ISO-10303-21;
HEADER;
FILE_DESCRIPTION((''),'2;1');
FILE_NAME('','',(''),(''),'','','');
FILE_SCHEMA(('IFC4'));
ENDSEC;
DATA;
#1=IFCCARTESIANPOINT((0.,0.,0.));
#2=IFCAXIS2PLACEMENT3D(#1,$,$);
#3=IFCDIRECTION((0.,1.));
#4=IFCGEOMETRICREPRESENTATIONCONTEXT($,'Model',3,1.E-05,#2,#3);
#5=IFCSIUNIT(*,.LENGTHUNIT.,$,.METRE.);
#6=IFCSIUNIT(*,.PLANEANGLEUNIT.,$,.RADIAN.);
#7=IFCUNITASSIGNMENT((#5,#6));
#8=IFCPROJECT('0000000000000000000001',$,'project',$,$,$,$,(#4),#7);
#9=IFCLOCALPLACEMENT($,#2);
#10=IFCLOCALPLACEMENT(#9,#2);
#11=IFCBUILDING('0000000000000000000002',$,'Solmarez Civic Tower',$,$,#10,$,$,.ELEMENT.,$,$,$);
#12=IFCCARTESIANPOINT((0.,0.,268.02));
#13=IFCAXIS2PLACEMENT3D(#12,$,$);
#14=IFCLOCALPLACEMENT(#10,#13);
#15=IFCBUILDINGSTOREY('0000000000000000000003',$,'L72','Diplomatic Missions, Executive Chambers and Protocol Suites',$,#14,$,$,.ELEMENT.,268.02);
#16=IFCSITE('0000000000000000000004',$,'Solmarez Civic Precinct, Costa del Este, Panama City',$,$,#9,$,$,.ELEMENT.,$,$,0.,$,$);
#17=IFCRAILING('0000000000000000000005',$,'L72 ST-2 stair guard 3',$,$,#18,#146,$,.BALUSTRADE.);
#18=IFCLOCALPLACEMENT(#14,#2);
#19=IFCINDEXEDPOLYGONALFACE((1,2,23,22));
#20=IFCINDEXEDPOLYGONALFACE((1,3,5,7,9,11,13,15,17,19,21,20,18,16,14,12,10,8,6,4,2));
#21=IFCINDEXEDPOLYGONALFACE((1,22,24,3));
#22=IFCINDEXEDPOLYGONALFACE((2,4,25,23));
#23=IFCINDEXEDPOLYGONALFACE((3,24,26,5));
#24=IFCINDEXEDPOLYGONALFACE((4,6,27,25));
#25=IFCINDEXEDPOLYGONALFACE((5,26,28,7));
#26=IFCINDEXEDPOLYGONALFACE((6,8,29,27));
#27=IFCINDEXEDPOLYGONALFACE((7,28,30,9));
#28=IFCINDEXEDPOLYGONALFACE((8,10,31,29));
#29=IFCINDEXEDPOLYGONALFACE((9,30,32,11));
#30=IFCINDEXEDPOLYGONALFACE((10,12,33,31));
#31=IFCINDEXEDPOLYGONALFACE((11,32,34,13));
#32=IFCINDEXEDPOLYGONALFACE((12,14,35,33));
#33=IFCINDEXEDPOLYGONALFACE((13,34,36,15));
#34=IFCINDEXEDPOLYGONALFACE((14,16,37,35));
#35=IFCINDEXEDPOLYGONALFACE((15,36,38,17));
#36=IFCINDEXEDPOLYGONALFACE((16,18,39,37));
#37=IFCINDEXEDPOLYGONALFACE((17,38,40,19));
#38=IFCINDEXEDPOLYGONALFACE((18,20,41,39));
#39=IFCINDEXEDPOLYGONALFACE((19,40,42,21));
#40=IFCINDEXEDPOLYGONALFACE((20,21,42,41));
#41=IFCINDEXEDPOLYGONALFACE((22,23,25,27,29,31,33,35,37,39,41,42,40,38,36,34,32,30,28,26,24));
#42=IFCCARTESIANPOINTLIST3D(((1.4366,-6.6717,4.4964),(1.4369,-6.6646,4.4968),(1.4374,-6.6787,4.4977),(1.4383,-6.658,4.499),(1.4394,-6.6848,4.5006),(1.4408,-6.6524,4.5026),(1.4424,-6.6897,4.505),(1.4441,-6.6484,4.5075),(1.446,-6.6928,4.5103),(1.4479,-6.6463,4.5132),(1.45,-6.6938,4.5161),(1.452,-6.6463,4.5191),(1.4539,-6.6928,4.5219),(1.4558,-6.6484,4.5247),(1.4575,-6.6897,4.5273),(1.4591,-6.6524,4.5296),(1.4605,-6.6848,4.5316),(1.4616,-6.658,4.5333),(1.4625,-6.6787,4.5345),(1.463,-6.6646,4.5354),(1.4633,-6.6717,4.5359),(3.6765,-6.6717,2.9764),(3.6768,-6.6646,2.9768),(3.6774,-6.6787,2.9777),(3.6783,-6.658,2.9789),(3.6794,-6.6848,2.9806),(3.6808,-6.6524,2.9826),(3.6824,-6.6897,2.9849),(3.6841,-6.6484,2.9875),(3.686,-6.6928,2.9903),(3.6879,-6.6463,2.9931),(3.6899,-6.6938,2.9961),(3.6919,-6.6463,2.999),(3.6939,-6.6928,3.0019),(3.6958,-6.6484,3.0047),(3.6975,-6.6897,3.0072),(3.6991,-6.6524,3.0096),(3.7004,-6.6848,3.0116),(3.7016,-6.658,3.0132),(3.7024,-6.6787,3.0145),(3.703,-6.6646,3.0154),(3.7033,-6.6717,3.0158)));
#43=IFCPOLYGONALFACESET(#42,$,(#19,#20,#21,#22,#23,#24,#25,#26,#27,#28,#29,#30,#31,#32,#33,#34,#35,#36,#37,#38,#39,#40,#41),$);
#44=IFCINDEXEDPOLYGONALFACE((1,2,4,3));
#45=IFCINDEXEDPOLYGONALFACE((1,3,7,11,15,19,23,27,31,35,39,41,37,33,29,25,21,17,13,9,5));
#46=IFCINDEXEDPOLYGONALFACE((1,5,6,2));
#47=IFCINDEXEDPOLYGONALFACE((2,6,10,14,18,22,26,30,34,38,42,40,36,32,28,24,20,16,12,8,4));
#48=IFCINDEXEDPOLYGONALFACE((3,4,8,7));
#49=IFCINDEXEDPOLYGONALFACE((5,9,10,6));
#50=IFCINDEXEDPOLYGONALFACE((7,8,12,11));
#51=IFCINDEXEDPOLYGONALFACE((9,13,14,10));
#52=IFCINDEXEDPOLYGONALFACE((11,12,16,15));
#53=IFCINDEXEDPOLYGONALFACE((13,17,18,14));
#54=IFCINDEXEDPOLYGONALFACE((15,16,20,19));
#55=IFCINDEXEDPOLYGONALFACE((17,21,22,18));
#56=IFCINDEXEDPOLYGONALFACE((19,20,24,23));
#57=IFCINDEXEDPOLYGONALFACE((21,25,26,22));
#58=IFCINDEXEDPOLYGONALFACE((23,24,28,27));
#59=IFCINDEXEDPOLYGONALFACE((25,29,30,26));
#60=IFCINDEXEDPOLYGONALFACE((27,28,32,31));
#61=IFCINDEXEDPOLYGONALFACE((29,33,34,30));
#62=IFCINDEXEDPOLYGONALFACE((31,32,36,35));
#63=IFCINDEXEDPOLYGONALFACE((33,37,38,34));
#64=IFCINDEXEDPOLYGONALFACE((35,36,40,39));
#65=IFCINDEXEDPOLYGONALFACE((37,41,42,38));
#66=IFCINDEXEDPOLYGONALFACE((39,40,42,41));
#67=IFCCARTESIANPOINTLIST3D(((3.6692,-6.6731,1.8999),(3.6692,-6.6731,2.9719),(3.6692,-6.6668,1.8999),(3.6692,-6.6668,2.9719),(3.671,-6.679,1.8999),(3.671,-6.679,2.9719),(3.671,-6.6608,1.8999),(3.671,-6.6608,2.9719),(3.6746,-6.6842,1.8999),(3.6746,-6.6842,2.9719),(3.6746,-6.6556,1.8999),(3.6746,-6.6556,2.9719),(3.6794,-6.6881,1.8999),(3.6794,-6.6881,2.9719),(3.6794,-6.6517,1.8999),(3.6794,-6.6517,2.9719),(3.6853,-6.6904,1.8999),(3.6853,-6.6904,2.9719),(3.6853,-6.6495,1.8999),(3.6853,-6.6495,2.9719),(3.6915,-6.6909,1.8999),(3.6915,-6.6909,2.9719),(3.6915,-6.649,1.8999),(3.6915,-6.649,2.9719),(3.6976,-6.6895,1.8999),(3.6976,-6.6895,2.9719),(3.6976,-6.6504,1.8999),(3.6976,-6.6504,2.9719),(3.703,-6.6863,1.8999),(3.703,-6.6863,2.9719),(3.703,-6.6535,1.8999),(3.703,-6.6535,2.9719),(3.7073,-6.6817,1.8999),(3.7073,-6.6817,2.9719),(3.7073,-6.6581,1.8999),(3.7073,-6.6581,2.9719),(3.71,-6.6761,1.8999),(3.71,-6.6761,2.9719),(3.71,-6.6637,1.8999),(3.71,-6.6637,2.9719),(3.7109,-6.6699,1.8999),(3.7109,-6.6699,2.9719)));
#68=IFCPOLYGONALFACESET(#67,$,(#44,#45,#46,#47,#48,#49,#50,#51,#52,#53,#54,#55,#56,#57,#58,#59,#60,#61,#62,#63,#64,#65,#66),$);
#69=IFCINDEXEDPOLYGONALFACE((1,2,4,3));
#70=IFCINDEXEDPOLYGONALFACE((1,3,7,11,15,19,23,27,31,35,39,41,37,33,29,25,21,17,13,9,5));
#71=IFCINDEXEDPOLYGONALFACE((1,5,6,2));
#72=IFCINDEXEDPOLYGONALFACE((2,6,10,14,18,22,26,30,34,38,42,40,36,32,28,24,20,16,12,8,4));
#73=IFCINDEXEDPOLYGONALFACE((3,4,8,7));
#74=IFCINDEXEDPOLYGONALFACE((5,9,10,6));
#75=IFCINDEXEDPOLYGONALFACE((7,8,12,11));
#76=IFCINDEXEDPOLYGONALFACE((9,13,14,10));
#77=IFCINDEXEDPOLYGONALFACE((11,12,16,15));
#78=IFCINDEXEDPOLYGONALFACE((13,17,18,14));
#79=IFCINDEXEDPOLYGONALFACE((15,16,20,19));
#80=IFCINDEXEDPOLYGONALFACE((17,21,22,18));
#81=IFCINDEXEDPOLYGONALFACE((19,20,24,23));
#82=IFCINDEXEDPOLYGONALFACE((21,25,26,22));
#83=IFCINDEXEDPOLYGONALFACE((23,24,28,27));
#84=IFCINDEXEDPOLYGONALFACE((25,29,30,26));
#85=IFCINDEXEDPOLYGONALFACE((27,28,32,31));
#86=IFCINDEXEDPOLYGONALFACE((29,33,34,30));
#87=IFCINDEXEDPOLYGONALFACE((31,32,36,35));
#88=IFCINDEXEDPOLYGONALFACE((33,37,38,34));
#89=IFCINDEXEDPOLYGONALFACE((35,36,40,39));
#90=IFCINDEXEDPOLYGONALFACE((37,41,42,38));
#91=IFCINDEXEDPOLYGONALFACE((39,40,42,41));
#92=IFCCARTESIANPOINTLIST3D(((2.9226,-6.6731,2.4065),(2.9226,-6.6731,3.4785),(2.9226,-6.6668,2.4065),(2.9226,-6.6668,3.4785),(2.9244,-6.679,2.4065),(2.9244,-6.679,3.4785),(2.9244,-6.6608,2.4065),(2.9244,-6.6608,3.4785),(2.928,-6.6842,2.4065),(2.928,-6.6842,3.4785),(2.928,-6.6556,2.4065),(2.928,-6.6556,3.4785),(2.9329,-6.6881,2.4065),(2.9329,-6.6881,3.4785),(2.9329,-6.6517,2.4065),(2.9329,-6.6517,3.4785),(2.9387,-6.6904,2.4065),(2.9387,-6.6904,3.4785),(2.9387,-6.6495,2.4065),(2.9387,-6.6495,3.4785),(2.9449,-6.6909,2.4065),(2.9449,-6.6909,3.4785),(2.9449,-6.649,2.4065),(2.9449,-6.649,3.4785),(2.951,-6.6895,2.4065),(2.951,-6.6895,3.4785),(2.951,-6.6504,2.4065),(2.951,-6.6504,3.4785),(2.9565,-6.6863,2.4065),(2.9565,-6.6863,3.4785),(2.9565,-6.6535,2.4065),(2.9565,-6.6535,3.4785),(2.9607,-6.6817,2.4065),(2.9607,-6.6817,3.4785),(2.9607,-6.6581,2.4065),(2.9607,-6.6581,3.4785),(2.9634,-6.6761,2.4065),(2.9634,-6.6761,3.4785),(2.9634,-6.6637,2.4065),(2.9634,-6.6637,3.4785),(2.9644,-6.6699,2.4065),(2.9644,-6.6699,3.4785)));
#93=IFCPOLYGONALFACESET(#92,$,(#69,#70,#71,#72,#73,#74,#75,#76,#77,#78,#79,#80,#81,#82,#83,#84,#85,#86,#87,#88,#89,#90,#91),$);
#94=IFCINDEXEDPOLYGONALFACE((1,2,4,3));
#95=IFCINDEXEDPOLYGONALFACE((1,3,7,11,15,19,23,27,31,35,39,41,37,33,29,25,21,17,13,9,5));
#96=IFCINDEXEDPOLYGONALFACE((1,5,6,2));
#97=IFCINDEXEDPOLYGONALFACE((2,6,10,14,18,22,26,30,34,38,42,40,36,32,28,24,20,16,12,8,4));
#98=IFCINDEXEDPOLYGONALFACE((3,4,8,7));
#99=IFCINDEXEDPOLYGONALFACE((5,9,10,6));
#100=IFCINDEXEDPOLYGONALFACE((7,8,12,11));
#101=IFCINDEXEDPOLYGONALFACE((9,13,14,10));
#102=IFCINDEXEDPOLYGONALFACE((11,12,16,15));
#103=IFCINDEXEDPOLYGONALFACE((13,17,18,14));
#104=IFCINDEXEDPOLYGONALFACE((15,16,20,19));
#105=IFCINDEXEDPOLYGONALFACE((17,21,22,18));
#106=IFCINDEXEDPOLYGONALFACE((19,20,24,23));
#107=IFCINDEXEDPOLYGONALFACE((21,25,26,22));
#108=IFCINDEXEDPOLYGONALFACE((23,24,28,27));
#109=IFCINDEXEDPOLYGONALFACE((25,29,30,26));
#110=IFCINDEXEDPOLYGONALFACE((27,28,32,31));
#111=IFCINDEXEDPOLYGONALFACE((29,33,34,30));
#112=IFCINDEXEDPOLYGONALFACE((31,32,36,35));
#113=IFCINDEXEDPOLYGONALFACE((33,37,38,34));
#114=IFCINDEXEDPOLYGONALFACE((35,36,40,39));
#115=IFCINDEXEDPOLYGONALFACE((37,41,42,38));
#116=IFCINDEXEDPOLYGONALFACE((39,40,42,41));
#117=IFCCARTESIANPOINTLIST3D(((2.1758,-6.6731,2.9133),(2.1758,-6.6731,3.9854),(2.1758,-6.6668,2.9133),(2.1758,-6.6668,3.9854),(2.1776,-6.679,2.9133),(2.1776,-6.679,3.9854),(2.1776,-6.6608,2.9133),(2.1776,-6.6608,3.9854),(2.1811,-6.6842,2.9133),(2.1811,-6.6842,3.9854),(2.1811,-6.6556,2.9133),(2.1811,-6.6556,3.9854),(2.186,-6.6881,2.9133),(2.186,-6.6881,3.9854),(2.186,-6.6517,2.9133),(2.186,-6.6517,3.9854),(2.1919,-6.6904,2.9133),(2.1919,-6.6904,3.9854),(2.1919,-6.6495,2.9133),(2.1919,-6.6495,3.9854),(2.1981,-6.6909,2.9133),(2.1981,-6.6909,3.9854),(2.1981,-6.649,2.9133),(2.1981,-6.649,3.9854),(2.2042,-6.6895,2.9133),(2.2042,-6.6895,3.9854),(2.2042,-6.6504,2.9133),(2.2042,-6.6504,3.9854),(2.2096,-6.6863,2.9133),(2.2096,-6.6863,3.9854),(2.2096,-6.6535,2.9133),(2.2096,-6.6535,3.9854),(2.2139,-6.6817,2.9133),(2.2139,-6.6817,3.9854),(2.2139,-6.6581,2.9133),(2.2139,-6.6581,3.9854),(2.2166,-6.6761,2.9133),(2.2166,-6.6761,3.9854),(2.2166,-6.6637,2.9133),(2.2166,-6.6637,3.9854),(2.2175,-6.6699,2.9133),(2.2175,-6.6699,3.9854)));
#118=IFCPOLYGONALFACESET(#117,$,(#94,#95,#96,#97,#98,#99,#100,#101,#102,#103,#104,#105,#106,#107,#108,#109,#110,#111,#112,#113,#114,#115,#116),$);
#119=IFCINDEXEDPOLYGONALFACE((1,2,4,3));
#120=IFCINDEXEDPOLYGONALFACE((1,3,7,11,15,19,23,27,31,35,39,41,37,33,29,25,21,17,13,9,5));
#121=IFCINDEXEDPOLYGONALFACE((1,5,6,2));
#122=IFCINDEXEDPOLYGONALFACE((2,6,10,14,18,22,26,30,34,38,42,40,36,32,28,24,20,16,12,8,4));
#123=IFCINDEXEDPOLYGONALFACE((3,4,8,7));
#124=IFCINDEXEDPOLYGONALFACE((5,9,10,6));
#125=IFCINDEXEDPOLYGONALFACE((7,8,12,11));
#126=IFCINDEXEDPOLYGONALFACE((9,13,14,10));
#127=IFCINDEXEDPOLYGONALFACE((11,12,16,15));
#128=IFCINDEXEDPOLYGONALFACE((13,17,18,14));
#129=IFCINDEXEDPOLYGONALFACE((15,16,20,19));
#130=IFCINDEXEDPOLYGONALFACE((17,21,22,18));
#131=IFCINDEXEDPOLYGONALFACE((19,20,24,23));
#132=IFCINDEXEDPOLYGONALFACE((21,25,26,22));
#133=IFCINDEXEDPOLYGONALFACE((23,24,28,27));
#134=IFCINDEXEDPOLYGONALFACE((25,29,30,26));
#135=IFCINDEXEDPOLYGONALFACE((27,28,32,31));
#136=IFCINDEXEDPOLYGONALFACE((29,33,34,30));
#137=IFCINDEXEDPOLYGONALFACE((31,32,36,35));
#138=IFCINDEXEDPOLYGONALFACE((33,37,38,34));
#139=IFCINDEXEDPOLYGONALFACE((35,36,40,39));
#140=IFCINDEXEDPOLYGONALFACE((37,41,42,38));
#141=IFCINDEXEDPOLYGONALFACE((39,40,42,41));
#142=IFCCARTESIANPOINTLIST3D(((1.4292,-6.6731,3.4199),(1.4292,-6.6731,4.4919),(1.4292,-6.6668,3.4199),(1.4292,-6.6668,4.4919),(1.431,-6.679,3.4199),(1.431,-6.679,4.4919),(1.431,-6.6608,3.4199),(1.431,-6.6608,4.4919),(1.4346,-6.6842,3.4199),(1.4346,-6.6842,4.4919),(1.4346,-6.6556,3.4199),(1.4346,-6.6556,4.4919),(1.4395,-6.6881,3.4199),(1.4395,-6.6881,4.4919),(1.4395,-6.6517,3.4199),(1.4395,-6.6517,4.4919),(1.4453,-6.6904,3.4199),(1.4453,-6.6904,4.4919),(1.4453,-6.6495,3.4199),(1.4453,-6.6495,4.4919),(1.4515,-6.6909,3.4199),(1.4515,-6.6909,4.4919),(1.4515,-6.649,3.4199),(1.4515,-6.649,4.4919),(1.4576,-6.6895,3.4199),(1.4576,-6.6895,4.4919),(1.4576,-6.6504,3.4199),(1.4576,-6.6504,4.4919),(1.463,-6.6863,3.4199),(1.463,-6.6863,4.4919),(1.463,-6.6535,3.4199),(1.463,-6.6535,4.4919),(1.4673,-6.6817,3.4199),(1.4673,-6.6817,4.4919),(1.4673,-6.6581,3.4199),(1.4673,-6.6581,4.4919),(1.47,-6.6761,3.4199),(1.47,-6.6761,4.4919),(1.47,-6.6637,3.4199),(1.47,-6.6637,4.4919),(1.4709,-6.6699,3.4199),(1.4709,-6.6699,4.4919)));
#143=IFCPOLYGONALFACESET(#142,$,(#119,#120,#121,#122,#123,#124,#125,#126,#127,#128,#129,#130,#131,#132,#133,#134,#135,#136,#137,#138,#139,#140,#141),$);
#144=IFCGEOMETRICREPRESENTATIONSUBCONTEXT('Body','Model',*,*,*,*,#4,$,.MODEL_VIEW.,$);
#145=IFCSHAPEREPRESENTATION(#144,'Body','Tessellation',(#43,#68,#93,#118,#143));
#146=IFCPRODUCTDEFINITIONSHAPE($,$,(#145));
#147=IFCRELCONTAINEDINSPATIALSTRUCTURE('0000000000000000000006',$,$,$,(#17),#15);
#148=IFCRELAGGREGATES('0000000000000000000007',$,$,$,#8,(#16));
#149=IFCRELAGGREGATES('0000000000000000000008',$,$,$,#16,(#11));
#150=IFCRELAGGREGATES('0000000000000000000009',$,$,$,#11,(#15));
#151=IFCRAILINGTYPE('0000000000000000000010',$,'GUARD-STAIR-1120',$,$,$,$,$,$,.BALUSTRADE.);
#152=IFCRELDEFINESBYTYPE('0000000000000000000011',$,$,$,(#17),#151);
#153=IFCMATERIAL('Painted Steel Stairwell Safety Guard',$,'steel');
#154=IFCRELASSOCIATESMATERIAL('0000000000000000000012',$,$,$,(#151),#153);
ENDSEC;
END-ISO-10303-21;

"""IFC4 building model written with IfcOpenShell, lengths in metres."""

from ifc_helpers import new_model, si_unit, direction, frame, origin, origin_2d, place, context, subcontext, project, spatial, circle, extrude, material, type_object, element, save


model = new_model("IFC4")

# Units and contexts
model_context = context("Model", 3, precision=1e-05, world=origin(), true_north=direction((0.0, 1.0)))
body_context = subcontext(model_context, "Body", "Model", "MODEL_VIEW")
ifc_project = project(units=[si_unit("LENGTHUNIT", "METRE"), si_unit("PLANEANGLEUNIT", "RADIAN")], contexts=[model_context])

# Site, building, storey
site_placement = place(None, origin())
site = spatial("IfcSite", under=ifc_project, at=site_placement, Name="Solmarez Civic Precinct, Costa del Este, Panama City", CompositionType="ELEMENT", RefElevation=0.0)
building_placement = place(site_placement, origin())
building = spatial("IfcBuilding", under=site, at=building_placement, Name="Solmarez Civic Tower", CompositionType="ELEMENT")
storey_placement = place(building_placement, frame((0.0, 0.0, 268.02)))
storey = spatial("IfcBuildingStorey", under=building, at=storey_placement, Name="L72", Description="Diplomatic Missions, Executive Chambers and Protocol Suites", CompositionType="ELEMENT", Elevation=268.02)

# Railing
ifc_material_1 = material(Name="Painted Steel Stairwell Safety Guard", Category="steel")
railing_type_1 = type_object("IfcRailingType", Name="GUARD-STAIR-1120", PredefinedType="BALUSTRADE", material=ifc_material_1)
railing_1_placement = place(storey_placement, frame((3.6899, -6.6699, 1.8999)))
element("IfcRailing", 1, at=railing_1_placement, inside=storey, type_object=railing_type_1, Name="L72 ST-2 stair guard 3", PredefinedType="BALUSTRADE", context=body_context, shape_type="SweptSolid", body=[
    extrude(circle(Radius=0.0239, at=origin_2d()), frame((0.0, 0.0, 1.0962), z_axis=(-0.827471, 0.0, 0.561508), x_axis=(0.0, -1.0, 0.0)), (0.0, 0.0, 1.0), 2.707),
    extrude(circle(Radius=0.021, at=origin_2d()), origin(), (0.0, 0.0, 1.0), 1.072),
    extrude(circle(Radius=0.021, at=origin_2d()), frame((-0.7466, 0.0, 0.5066)), (0.0, 0.0, 1.0), 1.072),
    extrude(circle(Radius=0.021, at=origin_2d()), frame((-1.4934, 0.0, 1.0134)), (0.0, 0.0, 1.0), 1.072),
    extrude(circle(Radius=0.021, at=origin_2d()), frame((-2.24, 0.0, 1.52)), (0.0, 0.0, 1.0), 1.072),
])

save(model, "model.ifc")
